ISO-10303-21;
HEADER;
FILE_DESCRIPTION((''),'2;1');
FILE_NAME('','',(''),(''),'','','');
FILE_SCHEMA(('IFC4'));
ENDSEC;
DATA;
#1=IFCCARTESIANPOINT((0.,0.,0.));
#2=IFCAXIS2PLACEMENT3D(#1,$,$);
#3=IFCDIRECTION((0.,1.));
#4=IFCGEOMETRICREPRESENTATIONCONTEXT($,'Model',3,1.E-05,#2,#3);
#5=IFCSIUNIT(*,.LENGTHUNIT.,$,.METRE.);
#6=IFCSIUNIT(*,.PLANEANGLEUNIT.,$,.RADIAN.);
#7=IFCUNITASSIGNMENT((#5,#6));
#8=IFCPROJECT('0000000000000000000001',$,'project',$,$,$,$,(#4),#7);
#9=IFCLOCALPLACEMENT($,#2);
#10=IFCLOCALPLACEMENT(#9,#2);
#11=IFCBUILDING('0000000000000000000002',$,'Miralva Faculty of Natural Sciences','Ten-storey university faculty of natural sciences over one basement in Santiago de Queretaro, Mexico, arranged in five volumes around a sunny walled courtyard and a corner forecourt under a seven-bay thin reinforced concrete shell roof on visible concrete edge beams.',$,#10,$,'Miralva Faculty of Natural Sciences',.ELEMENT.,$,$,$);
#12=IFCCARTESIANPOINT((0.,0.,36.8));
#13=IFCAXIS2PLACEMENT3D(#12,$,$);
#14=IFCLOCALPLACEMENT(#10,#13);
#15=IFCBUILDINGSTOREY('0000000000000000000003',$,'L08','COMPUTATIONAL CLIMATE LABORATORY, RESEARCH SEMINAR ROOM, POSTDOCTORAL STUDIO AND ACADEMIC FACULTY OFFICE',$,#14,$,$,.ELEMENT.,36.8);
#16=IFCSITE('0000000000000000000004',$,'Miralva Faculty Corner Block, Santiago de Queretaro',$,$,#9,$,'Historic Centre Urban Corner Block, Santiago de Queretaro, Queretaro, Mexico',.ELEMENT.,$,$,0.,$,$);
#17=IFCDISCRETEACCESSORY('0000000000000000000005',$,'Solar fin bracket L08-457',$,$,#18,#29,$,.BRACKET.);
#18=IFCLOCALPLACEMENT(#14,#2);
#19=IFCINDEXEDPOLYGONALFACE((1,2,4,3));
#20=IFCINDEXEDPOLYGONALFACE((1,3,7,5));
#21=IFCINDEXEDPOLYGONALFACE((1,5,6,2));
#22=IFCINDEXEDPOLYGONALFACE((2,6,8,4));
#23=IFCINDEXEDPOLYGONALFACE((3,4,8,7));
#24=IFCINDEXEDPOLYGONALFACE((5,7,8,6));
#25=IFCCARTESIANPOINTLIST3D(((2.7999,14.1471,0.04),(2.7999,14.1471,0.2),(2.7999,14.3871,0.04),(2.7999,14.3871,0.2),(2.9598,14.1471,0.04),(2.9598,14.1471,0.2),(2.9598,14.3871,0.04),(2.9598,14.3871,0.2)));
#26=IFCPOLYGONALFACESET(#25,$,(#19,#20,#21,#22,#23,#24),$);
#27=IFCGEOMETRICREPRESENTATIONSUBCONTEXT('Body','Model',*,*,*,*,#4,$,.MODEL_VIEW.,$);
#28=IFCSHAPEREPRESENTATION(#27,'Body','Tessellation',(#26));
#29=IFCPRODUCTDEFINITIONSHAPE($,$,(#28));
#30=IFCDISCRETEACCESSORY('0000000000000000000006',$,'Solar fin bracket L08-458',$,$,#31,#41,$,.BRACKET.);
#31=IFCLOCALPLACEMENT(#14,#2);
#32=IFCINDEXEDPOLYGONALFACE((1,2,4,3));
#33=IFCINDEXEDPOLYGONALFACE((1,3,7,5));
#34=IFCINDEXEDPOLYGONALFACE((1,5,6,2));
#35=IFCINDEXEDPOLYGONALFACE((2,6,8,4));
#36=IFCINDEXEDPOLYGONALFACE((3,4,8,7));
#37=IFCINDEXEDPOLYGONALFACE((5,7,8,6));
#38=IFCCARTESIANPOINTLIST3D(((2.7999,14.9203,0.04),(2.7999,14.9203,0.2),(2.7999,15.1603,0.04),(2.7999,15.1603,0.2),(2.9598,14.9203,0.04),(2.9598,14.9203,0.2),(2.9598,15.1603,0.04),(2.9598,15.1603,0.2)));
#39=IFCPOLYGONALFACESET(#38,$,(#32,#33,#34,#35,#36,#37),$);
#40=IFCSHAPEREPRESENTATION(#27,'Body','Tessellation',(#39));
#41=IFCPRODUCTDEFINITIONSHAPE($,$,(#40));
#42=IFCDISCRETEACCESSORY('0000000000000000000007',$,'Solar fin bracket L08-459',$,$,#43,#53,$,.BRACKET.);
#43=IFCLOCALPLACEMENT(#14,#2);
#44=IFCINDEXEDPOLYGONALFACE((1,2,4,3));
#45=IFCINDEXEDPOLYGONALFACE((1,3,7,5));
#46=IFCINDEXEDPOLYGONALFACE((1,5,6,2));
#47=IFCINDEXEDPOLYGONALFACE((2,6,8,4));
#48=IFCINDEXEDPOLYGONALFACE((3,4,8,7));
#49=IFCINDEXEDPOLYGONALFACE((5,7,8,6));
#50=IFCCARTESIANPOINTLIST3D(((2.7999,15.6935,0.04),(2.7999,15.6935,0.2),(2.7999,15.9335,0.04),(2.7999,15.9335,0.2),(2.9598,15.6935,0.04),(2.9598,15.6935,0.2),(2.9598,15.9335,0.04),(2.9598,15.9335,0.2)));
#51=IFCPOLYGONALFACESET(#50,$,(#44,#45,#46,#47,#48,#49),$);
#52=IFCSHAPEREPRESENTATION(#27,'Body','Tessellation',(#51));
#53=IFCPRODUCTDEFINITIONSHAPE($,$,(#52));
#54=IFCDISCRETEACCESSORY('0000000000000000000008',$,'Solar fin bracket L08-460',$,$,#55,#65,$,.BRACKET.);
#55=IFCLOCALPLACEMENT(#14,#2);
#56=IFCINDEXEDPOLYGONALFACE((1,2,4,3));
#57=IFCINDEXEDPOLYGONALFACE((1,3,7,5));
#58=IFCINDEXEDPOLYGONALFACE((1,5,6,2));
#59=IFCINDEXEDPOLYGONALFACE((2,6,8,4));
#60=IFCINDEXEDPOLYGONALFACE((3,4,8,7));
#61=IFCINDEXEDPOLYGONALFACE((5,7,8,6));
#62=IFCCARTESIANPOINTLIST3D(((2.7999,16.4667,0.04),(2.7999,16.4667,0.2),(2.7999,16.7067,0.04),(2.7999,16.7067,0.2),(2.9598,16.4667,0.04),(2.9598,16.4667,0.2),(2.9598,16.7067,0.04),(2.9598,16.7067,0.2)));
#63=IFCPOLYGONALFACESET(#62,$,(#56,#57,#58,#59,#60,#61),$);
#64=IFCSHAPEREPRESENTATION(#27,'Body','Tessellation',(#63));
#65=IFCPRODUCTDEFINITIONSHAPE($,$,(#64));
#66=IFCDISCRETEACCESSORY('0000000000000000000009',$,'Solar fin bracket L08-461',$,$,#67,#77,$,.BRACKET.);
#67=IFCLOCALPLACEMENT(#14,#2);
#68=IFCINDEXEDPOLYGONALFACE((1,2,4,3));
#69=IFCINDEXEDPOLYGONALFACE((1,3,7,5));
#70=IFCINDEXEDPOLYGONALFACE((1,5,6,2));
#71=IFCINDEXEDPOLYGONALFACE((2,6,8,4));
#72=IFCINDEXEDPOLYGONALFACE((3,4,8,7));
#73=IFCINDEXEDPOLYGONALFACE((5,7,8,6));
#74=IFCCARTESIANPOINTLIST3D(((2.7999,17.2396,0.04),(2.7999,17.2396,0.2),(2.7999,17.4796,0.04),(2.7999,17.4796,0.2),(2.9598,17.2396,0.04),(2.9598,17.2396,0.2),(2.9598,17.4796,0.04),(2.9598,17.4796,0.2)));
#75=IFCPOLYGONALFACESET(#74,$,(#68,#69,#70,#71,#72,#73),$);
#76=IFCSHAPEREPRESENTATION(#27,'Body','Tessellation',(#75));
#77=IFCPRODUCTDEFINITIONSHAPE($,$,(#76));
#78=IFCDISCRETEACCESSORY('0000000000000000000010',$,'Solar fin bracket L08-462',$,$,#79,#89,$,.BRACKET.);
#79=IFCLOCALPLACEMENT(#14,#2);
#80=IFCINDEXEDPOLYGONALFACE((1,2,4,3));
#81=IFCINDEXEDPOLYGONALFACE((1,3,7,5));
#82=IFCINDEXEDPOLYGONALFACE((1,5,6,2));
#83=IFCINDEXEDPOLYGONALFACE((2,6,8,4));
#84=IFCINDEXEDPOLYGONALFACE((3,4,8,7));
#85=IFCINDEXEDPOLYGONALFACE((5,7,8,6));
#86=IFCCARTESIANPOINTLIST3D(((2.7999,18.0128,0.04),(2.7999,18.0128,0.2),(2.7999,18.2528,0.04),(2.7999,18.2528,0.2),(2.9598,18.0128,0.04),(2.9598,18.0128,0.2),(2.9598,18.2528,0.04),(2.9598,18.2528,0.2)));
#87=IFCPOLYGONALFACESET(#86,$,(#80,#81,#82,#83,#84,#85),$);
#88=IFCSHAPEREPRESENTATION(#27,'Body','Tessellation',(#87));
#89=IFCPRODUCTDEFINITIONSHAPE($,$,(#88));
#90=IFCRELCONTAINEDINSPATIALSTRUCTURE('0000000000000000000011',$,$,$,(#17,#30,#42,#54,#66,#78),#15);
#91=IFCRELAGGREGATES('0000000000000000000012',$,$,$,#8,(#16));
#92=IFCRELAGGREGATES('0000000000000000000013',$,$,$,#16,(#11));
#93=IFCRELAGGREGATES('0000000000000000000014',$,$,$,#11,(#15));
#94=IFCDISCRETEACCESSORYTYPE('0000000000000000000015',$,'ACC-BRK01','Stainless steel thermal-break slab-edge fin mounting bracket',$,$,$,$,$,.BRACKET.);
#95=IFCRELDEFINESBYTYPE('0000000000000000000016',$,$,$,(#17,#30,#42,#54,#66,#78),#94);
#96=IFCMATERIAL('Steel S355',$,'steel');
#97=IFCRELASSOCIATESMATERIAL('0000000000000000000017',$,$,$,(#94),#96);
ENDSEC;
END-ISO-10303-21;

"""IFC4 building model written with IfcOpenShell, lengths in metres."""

from ifc_helpers import new_model, si_unit, direction, frame, origin, origin_2d, place, context, subcontext, project, spatial, rectangle, extrude, material, type_object, element, save


model = new_model("IFC4")

# Units and contexts
model_context = context("Model", 3, precision=1e-05, world=origin(), true_north=direction((0.0, 1.0)))
body_context = subcontext(model_context, "Body", "Model", "MODEL_VIEW")
ifc_project = project(units=[si_unit("LENGTHUNIT", "METRE"), si_unit("PLANEANGLEUNIT", "RADIAN")], contexts=[model_context])

# Site, building, storey
site_placement = place(None, origin())
site = spatial("IfcSite", under=ifc_project, at=site_placement, Name="Miralva Faculty Corner Block, Santiago de Queretaro", LongName="Historic Centre Urban Corner Block, Santiago de Queretaro, Queretaro, Mexico", CompositionType="ELEMENT", RefElevation=0.0)
building_placement = place(site_placement, origin())
building = spatial("IfcBuilding", under=site, at=building_placement, Name="Miralva Faculty of Natural Sciences", Description="Ten-storey university faculty of natural sciences over one basement in Santiago de Queretaro, Mexico, arranged in five volumes around a sunny walled courtyard and a corner forecourt under a seven-bay thin reinforced concrete shell roof on visible concrete edge beams.", LongName="Miralva Faculty of Natural Sciences", CompositionType="ELEMENT")
storey_placement = place(building_placement, frame((0.0, 0.0, 36.8)))
storey = spatial("IfcBuildingStorey", under=building, at=storey_placement, Name="L08", Description="COMPUTATIONAL CLIMATE LABORATORY, RESEARCH SEMINAR ROOM, POSTDOCTORAL STUDIO AND ACADEMIC FACULTY OFFICE", CompositionType="ELEMENT", Elevation=36.8)

# Discrete accessories
ifc_material_1 = material(Name="Steel S355", Category="steel")
discrete_accessory_type = type_object("IfcDiscreteAccessoryType", Name="ACC-BRK01", Description="Stainless steel thermal-break slab-edge fin mounting bracket", PredefinedType="BRACKET", material=ifc_material_1)
for number, where, z_axis, x_axis, name in (
    (1, (2.8799, 14.2671, 0.04), (0.0, 0.0, 1.0), (-1.0, 0.0, 0.0), "Solar fin bracket L08-457"),
    (2, (2.8799, 15.0403, 0.04), (0.0, 0.0, 1.0), (-1.0, 0.0, 0.0), "Solar fin bracket L08-458"),
    (3, (2.8799, 15.8135, 0.04), (0.0, 0.0, 1.0), (-1.0, 0.0, 0.0), "Solar fin bracket L08-459"),
    (4, (2.8799, 16.5867, 0.04), (0.0, 0.0, 1.0), (-1.0, 0.0, 0.0), "Solar fin bracket L08-460"),
    (5, (2.8799, 17.3596, 0.04), (0.0, 0.0, 1.0), (-1.0, 0.0, 0.0), "Solar fin bracket L08-461"),
    (6, (2.8799, 18.1328, 0.04), (0.0, 0.0, 1.0), (-1.0, 0.0, 0.0), "Solar fin bracket L08-462"),
):
    element("IfcDiscreteAccessory", number, at=place(storey_placement, frame(where, z_axis=z_axis, x_axis=x_axis)), inside=storey, type_object=discrete_accessory_type, Name=name, PredefinedType="BRACKET", context=body_context, shape_type="SweptSolid", body=[
        extrude(rectangle(XDim=0.1599, YDim=0.24, at=origin_2d()), origin(), (0.0, 0.0, 1.0), 0.1599),
    ])

save(model, "model.ifc")
